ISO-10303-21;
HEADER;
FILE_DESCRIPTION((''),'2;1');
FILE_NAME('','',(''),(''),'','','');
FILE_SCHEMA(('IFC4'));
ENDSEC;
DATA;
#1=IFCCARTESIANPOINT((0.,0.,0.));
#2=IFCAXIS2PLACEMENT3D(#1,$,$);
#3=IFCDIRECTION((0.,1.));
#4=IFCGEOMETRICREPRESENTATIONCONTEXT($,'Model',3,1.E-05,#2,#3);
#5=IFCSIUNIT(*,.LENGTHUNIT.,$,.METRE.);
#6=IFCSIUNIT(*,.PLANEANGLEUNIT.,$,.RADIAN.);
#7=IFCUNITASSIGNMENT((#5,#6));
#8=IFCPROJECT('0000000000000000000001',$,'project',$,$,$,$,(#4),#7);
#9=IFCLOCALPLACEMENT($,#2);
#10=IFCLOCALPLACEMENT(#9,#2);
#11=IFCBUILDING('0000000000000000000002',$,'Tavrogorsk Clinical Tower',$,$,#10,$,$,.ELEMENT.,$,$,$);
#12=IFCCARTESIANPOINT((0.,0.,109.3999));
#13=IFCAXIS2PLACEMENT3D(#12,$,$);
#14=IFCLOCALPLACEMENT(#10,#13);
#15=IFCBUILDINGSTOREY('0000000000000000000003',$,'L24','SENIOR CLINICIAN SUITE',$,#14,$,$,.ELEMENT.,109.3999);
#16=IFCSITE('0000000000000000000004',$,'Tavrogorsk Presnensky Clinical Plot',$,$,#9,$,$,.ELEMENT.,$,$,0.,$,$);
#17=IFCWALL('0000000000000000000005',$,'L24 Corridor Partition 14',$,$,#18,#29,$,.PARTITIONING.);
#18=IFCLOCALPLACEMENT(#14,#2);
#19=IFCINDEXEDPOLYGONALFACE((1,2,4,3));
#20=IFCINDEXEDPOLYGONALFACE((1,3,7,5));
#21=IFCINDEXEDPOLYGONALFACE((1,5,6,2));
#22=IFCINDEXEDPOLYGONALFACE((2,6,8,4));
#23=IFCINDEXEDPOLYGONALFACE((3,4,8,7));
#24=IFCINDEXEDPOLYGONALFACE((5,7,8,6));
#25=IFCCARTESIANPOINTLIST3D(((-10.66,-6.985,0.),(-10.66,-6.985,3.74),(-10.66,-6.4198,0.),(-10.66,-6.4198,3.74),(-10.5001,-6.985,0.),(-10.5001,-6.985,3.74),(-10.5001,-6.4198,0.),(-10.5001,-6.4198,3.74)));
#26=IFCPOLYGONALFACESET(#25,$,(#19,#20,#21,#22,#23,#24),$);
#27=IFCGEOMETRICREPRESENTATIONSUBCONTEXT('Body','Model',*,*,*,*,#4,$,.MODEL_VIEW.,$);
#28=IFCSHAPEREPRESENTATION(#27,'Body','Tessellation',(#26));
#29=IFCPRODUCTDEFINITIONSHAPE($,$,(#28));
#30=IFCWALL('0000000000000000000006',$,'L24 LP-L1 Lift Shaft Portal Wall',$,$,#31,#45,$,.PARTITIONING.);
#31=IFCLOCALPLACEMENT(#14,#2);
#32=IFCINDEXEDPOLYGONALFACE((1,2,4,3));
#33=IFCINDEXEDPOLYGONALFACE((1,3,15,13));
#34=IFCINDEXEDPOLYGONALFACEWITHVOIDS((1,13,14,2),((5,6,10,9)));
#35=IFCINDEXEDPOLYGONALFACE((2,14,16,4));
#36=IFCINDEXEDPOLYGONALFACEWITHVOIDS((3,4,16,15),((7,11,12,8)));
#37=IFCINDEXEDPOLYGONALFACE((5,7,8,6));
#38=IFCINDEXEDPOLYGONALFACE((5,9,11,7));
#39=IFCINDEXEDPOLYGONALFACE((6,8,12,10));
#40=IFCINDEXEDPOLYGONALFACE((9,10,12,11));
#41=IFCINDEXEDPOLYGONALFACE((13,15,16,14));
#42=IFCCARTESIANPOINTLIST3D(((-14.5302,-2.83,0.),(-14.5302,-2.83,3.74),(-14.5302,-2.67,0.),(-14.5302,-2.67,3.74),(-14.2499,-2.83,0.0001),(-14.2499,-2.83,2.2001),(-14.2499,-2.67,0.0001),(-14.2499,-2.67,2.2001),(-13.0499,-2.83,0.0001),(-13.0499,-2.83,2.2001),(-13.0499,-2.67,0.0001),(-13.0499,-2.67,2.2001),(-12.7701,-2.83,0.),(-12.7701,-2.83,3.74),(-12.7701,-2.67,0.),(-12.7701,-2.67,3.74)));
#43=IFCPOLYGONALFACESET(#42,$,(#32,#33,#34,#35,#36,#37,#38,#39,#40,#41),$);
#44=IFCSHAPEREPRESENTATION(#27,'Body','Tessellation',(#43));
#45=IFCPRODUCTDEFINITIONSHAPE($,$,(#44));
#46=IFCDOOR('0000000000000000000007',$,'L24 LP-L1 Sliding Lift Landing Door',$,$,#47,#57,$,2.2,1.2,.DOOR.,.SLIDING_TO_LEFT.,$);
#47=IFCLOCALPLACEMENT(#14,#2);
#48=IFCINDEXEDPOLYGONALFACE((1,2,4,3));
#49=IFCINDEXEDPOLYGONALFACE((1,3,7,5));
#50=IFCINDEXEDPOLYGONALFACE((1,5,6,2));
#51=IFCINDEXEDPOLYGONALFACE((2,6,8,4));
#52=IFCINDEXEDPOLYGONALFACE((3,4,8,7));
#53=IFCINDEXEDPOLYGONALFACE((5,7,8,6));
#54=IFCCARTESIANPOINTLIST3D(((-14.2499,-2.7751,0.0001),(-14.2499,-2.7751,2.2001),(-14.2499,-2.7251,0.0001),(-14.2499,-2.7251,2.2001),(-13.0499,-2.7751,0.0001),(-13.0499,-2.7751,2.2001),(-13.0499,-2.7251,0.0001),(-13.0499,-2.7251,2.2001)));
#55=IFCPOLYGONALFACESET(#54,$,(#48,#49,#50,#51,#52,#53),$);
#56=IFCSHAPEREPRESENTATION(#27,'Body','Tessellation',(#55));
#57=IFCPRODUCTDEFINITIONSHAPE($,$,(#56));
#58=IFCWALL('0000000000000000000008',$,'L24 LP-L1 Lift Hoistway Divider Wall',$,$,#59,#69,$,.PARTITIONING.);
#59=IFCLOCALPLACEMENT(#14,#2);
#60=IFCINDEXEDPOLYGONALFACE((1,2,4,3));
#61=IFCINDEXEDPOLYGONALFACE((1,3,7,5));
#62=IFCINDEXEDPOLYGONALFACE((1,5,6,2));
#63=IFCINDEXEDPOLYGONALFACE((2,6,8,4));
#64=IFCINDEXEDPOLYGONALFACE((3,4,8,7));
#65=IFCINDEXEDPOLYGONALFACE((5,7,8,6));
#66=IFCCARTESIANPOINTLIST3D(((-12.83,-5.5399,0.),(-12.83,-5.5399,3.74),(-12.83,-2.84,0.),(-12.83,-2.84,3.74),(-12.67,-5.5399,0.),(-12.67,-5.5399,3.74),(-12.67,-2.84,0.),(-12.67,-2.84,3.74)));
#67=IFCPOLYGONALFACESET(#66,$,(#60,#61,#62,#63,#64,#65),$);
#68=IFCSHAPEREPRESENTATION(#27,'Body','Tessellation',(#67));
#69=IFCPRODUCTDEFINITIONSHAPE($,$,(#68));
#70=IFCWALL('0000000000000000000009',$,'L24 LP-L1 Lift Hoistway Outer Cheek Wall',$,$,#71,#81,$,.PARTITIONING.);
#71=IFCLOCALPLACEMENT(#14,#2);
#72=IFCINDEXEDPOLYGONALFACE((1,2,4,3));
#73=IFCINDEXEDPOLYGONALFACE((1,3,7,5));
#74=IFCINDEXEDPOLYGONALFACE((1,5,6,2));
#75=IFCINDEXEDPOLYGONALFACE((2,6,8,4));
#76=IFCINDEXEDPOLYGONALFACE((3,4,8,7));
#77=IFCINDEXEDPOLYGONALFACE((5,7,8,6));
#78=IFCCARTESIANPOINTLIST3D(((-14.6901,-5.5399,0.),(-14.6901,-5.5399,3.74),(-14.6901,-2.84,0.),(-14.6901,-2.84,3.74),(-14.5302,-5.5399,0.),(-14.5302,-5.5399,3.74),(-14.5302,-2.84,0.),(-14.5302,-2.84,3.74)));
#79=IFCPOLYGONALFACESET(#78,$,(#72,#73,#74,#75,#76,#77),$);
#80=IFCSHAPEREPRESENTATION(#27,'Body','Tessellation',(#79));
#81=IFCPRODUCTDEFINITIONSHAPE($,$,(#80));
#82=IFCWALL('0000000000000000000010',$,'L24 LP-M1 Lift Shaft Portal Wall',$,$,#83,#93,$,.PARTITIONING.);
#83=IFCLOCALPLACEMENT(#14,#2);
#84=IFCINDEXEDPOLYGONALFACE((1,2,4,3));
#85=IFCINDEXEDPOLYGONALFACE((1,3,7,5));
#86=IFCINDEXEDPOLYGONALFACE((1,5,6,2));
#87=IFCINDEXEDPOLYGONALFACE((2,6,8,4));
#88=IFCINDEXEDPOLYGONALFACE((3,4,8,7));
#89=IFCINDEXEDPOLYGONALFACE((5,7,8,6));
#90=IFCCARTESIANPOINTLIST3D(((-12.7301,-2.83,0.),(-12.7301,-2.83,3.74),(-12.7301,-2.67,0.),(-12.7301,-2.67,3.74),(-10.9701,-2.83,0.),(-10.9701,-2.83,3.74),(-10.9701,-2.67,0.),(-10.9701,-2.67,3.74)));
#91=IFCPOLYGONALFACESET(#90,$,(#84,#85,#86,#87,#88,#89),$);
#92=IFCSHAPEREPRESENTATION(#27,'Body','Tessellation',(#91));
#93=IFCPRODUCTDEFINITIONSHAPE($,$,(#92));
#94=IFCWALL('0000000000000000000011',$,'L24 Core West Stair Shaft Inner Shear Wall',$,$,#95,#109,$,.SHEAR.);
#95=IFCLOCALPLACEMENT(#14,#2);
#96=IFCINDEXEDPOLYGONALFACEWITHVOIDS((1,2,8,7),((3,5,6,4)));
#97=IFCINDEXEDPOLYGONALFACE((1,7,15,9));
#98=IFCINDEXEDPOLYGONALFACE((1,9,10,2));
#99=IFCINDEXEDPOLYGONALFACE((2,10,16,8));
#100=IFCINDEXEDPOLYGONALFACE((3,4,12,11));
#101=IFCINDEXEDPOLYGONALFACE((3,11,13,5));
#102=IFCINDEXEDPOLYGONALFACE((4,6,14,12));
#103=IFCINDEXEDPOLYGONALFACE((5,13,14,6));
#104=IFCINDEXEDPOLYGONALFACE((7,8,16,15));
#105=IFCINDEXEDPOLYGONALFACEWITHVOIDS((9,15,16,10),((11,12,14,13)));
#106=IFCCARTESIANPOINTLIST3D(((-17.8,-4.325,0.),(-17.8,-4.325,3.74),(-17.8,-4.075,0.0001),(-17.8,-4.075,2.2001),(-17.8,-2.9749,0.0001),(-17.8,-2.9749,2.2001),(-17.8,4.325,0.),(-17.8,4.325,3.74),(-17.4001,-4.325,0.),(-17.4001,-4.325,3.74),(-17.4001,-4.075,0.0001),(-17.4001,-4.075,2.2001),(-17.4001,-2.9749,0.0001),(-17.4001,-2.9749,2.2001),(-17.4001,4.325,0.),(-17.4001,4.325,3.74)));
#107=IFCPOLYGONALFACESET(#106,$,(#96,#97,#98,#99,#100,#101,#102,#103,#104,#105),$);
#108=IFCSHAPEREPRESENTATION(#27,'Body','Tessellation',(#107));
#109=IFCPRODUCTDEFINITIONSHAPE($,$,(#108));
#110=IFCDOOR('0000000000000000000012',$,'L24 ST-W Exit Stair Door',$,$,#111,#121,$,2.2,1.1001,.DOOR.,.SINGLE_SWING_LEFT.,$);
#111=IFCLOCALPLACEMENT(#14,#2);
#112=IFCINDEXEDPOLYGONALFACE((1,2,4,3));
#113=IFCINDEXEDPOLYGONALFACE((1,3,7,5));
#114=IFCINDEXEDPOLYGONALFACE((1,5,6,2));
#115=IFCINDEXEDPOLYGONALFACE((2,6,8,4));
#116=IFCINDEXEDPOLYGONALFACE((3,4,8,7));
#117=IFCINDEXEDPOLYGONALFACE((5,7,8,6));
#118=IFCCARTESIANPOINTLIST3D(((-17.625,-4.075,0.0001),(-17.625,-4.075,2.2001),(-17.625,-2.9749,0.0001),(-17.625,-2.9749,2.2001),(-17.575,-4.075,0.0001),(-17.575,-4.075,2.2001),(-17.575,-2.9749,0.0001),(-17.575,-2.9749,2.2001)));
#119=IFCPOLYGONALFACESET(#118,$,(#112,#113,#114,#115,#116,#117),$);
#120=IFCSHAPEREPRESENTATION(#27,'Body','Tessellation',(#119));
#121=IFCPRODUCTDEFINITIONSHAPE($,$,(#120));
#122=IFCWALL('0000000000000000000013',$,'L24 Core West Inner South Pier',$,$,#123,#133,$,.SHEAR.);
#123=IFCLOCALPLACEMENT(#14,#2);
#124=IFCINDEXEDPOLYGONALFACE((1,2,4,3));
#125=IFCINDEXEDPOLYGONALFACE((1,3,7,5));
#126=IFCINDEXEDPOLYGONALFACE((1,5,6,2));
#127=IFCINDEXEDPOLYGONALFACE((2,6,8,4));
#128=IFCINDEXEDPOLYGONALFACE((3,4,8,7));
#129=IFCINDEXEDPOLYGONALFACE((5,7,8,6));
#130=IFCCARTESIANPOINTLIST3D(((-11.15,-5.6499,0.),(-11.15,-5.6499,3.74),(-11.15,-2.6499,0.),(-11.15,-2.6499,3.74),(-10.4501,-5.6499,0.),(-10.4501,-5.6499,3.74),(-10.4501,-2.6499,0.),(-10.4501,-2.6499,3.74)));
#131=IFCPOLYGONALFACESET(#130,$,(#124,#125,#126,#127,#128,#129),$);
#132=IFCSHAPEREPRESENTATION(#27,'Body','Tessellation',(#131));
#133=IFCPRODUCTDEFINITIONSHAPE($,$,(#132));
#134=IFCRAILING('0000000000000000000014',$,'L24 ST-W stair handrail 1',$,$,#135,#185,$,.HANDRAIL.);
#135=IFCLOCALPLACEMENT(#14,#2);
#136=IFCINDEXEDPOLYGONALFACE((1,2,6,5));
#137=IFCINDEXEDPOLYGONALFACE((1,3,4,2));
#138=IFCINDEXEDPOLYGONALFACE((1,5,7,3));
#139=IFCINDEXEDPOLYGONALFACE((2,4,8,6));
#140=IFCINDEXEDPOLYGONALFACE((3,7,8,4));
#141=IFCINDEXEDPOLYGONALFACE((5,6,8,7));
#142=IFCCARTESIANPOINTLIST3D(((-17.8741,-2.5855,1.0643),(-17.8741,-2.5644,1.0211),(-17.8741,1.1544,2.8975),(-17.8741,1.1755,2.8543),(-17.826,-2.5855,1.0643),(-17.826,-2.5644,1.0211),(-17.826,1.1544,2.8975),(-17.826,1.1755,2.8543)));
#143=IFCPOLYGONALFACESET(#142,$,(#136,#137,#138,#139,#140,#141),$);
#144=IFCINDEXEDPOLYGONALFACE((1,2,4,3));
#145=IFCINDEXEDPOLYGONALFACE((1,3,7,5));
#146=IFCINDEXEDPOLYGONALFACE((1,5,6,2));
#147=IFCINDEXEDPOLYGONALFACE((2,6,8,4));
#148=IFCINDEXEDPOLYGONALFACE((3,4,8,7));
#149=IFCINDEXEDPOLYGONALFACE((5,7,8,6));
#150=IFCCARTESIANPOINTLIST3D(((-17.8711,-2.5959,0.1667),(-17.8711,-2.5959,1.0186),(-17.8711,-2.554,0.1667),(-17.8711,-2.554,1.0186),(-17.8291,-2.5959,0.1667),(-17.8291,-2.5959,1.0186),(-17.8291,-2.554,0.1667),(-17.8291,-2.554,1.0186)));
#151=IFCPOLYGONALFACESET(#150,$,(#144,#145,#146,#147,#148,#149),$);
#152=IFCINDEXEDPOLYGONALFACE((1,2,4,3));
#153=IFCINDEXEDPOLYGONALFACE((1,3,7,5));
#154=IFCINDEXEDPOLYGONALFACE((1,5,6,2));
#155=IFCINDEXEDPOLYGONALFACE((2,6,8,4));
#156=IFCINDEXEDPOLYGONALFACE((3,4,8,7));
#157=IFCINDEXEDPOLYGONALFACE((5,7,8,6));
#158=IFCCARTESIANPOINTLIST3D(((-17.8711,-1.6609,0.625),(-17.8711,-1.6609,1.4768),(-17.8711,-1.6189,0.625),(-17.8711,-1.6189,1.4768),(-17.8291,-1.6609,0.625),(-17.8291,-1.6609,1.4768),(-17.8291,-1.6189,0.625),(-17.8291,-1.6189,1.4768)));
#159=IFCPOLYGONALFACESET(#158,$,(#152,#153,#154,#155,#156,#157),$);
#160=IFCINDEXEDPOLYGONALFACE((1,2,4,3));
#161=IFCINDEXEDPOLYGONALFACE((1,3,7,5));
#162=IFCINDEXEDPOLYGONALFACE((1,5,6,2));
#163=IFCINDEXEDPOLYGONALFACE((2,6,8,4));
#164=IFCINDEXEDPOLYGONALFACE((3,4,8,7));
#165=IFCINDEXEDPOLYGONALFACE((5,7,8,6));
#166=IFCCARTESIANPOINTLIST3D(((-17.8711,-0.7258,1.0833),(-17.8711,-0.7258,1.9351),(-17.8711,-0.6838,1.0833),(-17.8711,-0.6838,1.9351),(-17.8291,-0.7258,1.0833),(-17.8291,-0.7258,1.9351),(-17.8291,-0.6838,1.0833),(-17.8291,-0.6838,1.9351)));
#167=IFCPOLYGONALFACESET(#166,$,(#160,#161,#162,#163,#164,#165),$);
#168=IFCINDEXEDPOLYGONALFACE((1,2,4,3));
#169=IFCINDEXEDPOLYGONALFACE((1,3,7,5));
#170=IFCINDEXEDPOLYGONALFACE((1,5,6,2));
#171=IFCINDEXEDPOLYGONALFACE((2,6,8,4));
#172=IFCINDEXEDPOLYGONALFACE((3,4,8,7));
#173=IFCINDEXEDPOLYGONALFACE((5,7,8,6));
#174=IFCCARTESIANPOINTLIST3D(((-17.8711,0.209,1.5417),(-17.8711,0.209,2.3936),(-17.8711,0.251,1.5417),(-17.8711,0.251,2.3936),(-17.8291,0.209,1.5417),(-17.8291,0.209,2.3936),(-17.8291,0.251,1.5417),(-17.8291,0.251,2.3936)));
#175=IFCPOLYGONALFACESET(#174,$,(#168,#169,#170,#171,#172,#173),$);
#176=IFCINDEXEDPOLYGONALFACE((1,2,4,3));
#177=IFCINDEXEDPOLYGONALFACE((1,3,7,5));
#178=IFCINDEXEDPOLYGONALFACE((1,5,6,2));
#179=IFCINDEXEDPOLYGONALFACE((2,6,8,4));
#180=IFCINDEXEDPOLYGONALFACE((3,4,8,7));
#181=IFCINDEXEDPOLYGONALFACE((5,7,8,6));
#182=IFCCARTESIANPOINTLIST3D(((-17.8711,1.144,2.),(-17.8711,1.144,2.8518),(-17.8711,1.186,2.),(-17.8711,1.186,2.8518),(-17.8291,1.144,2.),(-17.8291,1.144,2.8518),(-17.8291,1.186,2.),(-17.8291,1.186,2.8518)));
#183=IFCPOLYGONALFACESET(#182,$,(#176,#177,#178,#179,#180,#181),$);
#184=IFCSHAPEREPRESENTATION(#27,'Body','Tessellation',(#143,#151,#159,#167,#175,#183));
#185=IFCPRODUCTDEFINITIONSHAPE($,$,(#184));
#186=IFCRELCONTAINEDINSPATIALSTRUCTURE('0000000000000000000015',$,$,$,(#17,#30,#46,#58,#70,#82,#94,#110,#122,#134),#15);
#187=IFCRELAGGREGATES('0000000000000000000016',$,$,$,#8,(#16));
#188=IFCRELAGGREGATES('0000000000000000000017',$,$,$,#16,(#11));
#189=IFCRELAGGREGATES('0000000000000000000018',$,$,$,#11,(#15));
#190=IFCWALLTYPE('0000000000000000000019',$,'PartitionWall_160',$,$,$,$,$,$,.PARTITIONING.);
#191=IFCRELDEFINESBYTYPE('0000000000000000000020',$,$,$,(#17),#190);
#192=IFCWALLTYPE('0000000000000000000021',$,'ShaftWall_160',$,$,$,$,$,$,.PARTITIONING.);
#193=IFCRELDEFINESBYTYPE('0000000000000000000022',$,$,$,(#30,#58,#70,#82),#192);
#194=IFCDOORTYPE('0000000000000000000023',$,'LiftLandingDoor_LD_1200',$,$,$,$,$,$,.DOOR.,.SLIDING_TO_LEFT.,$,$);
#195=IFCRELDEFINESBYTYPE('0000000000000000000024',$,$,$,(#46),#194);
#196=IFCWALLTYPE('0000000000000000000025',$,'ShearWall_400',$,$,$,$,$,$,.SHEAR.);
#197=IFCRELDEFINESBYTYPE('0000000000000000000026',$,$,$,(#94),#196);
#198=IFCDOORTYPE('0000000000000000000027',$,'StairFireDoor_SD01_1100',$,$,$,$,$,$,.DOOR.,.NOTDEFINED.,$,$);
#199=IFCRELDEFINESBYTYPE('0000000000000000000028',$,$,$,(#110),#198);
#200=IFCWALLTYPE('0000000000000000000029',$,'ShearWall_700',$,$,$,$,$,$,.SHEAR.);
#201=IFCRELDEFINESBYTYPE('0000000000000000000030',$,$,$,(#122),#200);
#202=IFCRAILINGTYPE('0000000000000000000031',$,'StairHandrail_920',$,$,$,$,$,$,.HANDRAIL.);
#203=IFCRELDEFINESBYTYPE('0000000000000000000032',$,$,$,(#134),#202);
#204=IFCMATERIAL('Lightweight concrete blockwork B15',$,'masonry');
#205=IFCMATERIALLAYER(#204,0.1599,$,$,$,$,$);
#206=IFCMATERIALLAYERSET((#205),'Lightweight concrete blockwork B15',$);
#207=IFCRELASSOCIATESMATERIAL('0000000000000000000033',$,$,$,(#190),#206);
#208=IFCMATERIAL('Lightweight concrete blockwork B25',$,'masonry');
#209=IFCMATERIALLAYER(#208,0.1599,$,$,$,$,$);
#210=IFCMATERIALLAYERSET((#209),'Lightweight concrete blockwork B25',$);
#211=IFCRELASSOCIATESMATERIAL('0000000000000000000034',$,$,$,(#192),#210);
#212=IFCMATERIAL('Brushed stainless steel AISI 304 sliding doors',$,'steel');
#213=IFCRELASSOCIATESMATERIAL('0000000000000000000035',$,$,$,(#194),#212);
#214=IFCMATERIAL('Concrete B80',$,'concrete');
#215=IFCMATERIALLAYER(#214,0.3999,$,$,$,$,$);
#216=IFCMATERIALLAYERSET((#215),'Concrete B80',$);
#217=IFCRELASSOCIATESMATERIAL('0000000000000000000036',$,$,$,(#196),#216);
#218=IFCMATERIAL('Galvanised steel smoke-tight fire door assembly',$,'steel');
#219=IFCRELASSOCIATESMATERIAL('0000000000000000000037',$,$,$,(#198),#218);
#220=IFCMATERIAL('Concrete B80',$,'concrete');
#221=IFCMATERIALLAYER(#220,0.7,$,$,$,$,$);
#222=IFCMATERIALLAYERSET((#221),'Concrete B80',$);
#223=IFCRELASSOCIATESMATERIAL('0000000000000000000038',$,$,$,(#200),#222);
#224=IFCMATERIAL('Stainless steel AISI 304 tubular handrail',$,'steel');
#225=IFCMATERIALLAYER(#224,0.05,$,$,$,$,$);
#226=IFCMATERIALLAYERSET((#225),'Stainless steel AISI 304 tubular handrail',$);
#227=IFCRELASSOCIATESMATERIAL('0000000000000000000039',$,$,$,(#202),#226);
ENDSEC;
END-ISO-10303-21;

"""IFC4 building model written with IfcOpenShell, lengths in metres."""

from ifc_helpers import new_model, si_unit, direction, frame, frame_2d, origin, origin_2d, place, context, subcontext, project, spatial, rectangle, extrude, material, layer, layer_set, type_object, element, fill, save


model = new_model("IFC4")

# Units and contexts
model_context = context("Model", 3, precision=1e-05, world=origin(), true_north=direction((0.0, 1.0)))
body_context = subcontext(model_context, "Body", "Model", "MODEL_VIEW")
ifc_project = project(units=[si_unit("LENGTHUNIT", "METRE"), si_unit("PLANEANGLEUNIT", "RADIAN")], contexts=[model_context])

# Site, building, storey
site_placement = place(None, origin())
site = spatial("IfcSite", under=ifc_project, at=site_placement, Name="Tavrogorsk Presnensky Clinical Plot", CompositionType="ELEMENT", RefElevation=0.0)
building_placement = place(site_placement, origin())
building = spatial("IfcBuilding", under=site, at=building_placement, Name="Tavrogorsk Clinical Tower", CompositionType="ELEMENT")
storey_placement = place(building_placement, frame((0.0, 0.0, 109.3999)))
storey = spatial("IfcBuildingStorey", under=building, at=storey_placement, Name="L24", Description="SENIOR CLINICIAN SUITE", CompositionType="ELEMENT", Elevation=109.3999)

# Wall
ifc_material_1 = material(Name="Lightweight concrete blockwork B15", Category="masonry")
ifc_layer_1 = layer(ifc_material_1, 0.1599)
ifc_layer_set_1 = layer_set([ifc_layer_1], Name="Lightweight concrete blockwork B15")
wall_type_1 = type_object("IfcWallType", Name="PartitionWall_160", PredefinedType="PARTITIONING", material=ifc_layer_set_1)
wall_1_placement = place(storey_placement, frame((-10.5801, -6.9851, 0.0), z_axis=(0.0, 0.0, 1.0), x_axis=(0.0, 1.0, 0.0)))
element("IfcWall", 1, at=wall_1_placement, inside=storey, type_object=wall_type_1, Name="L24 Corridor Partition 14", PredefinedType="PARTITIONING", context=body_context, shape_type="SweptSolid", body=[
    extrude(rectangle(XDim=0.5652, YDim=0.1599, at=frame_2d((0.2827, 0.0))), origin(), (0.0, 0.0, 1.0), 3.74),
])

# Wall, opening, door
ifc_material_2 = material(Name="Lightweight concrete blockwork B25", Category="masonry")
ifc_layer_2 = layer(ifc_material_2, 0.1599)
ifc_layer_set_2 = layer_set([ifc_layer_2], Name="Lightweight concrete blockwork B25")
wall_type_2 = type_object("IfcWallType", Name="ShaftWall_160", PredefinedType="PARTITIONING", material=ifc_layer_set_2)
wall_2_placement = place(storey_placement, frame((-14.53, -2.75, 0.0), z_axis=(0.0, 0.0, 1.0), x_axis=(1.0, 0.0, 0.0)))
wall_2 = element("IfcWall", 2, at=wall_2_placement, inside=storey, type_object=wall_type_2, Name="L24 LP-L1 Lift Shaft Portal Wall", PredefinedType="PARTITIONING", context=body_context, shape_type="SweptSolid", body=[
    extrude(rectangle(XDim=1.76, YDim=0.1599, at=frame_2d((0.8799, 0.0))), origin(), (0.0, 0.0, 1.0), 3.74),
])
opening_1_placement = place(wall_2_placement, frame((0.28, 0.0, 0.0)))
opening_1 = element("IfcOpeningElement", 3, at=opening_1_placement, cuts=wall_2, PredefinedType="OPENING", context=body_context, shape_type="SweptSolid", body=[
    extrude(rectangle(XDim=1.2, YDim=2.2, at=frame_2d((0.6001, 1.1001))), frame((0.0, 0.0898, 0.0), z_axis=(0.0, -1.0, 0.0), x_axis=(1.0, 0.0, 0.0)), (0.0, 0.0, 1.0), 0.1799),
])
ifc_material_3 = material(Name="Brushed stainless steel AISI 304 sliding doors", Category="steel")
door_type_1 = type_object("IfcDoorType", Name="LiftLandingDoor_LD_1200", OperationType="SLIDING_TO_LEFT", PredefinedType="DOOR", material=ifc_material_3)
door_1_placement = place(opening_1_placement, origin())
door_1 = element("IfcDoor", 4, at=door_1_placement, inside=storey, type_object=door_type_1, Name="L24 LP-L1 Sliding Lift Landing Door", OperationType="SLIDING_TO_LEFT", OverallHeight=2.2, OverallWidth=1.2, PredefinedType="DOOR", context=body_context, shape_type="SweptSolid", body=[
    extrude(rectangle(XDim=1.2, YDim=2.2, at=frame_2d((0.6001, 1.1001))), frame((0.0, 0.0249, 0.0), z_axis=(0.0, -1.0, 0.0), x_axis=(1.0, 0.0, 0.0)), (0.0, 0.0, 1.0), 0.05),
])
fill(opening_1, door_1)

# Walls
for number, where, z_axis, x_axis, name in (
    (5, (-12.75, -5.54, 0.0), (0.0, 0.0, 1.0), (0.0, 1.0, 0.0), "L24 LP-L1 Lift Hoistway Divider Wall"),
    (6, (-14.6101, -5.54, 0.0), (0.0, 0.0, 1.0), (0.0, 1.0, 0.0), "L24 LP-L1 Lift Hoistway Outer Cheek Wall"),
):
    element("IfcWall", number, at=place(storey_placement, frame(where, z_axis=z_axis, x_axis=x_axis)), inside=storey, type_object=wall_type_2, Name=name, PredefinedType="PARTITIONING", context=body_context, shape_type="SweptSolid", body=[
        extrude(rectangle(XDim=2.7, YDim=0.1599, at=frame_2d((1.3501, 0.0))), origin(), (0.0, 0.0, 1.0), 3.74),
    ])
wall_3_placement = place(storey_placement, frame((-12.73, -2.75, 0.0), z_axis=(0.0, 0.0, 1.0), x_axis=(1.0, 0.0, 0.0)))
element("IfcWall", 7, at=wall_3_placement, inside=storey, type_object=wall_type_2, Name="L24 LP-M1 Lift Shaft Portal Wall", PredefinedType="PARTITIONING", context=body_context, shape_type="SweptSolid", body=[
    extrude(rectangle(XDim=1.76, YDim=0.1599, at=frame_2d((0.8799, 0.0))), origin(), (0.0, 0.0, 1.0), 3.74),
])

# Wall, opening, door
ifc_material_4 = material(Name="Concrete B80", Category="concrete")
ifc_layer_3 = layer(ifc_material_4, 0.3999)
ifc_layer_set_3 = layer_set([ifc_layer_3], Name="Concrete B80")
wall_type_3 = type_object("IfcWallType", Name="ShearWall_400", PredefinedType="SHEAR", material=ifc_layer_set_3)
wall_4_placement = place(storey_placement, frame((-17.6001, -4.325, 0.0), z_axis=(0.0, 0.0, 1.0), x_axis=(0.0, 1.0, 0.0)))
wall_4 = element("IfcWall", 8, at=wall_4_placement, inside=storey, type_object=wall_type_3, Name="L24 Core West Stair Shaft Inner Shear Wall", PredefinedType="SHEAR", context=body_context, shape_type="SweptSolid", body=[
    extrude(rectangle(XDim=8.6499, YDim=0.3999, at=frame_2d((4.325, 0.0))), origin(), (0.0, 0.0, 1.0), 3.74),
])
opening_2_placement = place(wall_4_placement, frame((0.25, 0.0, 0.0)))
opening_2 = element("IfcOpeningElement", 9, at=opening_2_placement, cuts=wall_4, PredefinedType="OPENING", context=body_context, shape_type="SweptSolid", body=[
    extrude(rectangle(XDim=1.1001, YDim=2.2, at=frame_2d((0.55, 1.1001))), frame((0.0, 0.21, 0.0), z_axis=(0.0, -1.0, 0.0), x_axis=(1.0, 0.0, 0.0)), (0.0, 0.0, 1.0), 0.4199),
])
ifc_material_5 = material(Name="Galvanised steel smoke-tight fire door assembly", Category="steel")
door_type_2 = type_object("IfcDoorType", Name="StairFireDoor_SD01_1100", OperationType="NOTDEFINED", PredefinedType="DOOR", material=ifc_material_5)
door_2_placement = place(opening_2_placement, origin())
door_2 = element("IfcDoor", 10, at=door_2_placement, inside=storey, type_object=door_type_2, Name="L24 ST-W Exit Stair Door", OperationType="SINGLE_SWING_LEFT", OverallHeight=2.2, OverallWidth=1.1001, PredefinedType="DOOR", context=body_context, shape_type="SweptSolid", body=[
    extrude(rectangle(XDim=1.1001, YDim=2.2, at=frame_2d((0.55, 1.1001))), frame((0.0, 0.0249, 0.0), z_axis=(0.0, -1.0, 0.0), x_axis=(1.0, 0.0, 0.0)), (0.0, 0.0, 1.0), 0.05),
])
fill(opening_2, door_2)

# Wall
ifc_material_6 = material(Name="Concrete B80", Category="concrete")
ifc_layer_4 = layer(ifc_material_6, 0.7)
ifc_layer_set_4 = layer_set([ifc_layer_4], Name="Concrete B80")
wall_type_4 = type_object("IfcWallType", Name="ShearWall_700", PredefinedType="SHEAR", material=ifc_layer_set_4)
wall_5_placement = place(storey_placement, frame((-10.8, -5.6499, 0.0), z_axis=(0.0, 0.0, 1.0), x_axis=(0.0, 1.0, 0.0)))
element("IfcWall", 11, at=wall_5_placement, inside=storey, type_object=wall_type_4, Name="L24 Core West Inner South Pier", PredefinedType="SHEAR", context=body_context, shape_type="SweptSolid", body=[
    extrude(rectangle(XDim=3.0, YDim=0.7, at=frame_2d((1.5, 0.0))), origin(), (0.0, 0.0, 1.0), 3.74),
])

# Railing
ifc_material_7 = material(Name="Stainless steel AISI 304 tubular handrail", Category="steel")
ifc_layer_5 = layer(ifc_material_7, 0.05)
ifc_layer_set_5 = layer_set([ifc_layer_5], Name="Stainless steel AISI 304 tubular handrail")
railing_type = type_object("IfcRailingType", Name="StairHandrail_920", PredefinedType="HANDRAIL", material=ifc_layer_set_5)
railing_placement = place(storey_placement, frame((-17.8501, -2.575, 0.1667)))
element("IfcRailing", 12, at=railing_placement, inside=storey, type_object=railing_type, Name="L24 ST-W stair handrail 1", PredefinedType="HANDRAIL", context=body_context, shape_type="SweptSolid", body=[
    extrude(rectangle(XDim=0.0481, YDim=0.0481, at=origin_2d()), frame((0.0, 0.0, 0.876), z_axis=(0.0, 0.897928, 0.440142), x_axis=(-1.0, 0.0, 0.0)), (0.0, 0.0, 1.0), 4.165),
    extrude(rectangle(XDim=0.042, YDim=0.042, at=origin_2d()), origin(), (0.0, 0.0, 1.0), 0.8518),
    extrude(rectangle(XDim=0.042, YDim=0.042, at=origin_2d()), frame((0.0, 0.9351, 0.4583)), (0.0, 0.0, 1.0), 0.8518),
    extrude(rectangle(XDim=0.042, YDim=0.042, at=origin_2d()), frame((0.0, 1.8701, 0.9165)), (0.0, 0.0, 1.0), 0.8518),
    extrude(rectangle(XDim=0.042, YDim=0.042, at=origin_2d()), frame((0.0, 2.8049, 1.375)), (0.0, 0.0, 1.0), 0.8518),
    extrude(rectangle(XDim=0.042, YDim=0.042, at=origin_2d()), frame((0.0, 3.74, 1.8333)), (0.0, 0.0, 1.0), 0.8518),
])

save(model, "model.ifc")
